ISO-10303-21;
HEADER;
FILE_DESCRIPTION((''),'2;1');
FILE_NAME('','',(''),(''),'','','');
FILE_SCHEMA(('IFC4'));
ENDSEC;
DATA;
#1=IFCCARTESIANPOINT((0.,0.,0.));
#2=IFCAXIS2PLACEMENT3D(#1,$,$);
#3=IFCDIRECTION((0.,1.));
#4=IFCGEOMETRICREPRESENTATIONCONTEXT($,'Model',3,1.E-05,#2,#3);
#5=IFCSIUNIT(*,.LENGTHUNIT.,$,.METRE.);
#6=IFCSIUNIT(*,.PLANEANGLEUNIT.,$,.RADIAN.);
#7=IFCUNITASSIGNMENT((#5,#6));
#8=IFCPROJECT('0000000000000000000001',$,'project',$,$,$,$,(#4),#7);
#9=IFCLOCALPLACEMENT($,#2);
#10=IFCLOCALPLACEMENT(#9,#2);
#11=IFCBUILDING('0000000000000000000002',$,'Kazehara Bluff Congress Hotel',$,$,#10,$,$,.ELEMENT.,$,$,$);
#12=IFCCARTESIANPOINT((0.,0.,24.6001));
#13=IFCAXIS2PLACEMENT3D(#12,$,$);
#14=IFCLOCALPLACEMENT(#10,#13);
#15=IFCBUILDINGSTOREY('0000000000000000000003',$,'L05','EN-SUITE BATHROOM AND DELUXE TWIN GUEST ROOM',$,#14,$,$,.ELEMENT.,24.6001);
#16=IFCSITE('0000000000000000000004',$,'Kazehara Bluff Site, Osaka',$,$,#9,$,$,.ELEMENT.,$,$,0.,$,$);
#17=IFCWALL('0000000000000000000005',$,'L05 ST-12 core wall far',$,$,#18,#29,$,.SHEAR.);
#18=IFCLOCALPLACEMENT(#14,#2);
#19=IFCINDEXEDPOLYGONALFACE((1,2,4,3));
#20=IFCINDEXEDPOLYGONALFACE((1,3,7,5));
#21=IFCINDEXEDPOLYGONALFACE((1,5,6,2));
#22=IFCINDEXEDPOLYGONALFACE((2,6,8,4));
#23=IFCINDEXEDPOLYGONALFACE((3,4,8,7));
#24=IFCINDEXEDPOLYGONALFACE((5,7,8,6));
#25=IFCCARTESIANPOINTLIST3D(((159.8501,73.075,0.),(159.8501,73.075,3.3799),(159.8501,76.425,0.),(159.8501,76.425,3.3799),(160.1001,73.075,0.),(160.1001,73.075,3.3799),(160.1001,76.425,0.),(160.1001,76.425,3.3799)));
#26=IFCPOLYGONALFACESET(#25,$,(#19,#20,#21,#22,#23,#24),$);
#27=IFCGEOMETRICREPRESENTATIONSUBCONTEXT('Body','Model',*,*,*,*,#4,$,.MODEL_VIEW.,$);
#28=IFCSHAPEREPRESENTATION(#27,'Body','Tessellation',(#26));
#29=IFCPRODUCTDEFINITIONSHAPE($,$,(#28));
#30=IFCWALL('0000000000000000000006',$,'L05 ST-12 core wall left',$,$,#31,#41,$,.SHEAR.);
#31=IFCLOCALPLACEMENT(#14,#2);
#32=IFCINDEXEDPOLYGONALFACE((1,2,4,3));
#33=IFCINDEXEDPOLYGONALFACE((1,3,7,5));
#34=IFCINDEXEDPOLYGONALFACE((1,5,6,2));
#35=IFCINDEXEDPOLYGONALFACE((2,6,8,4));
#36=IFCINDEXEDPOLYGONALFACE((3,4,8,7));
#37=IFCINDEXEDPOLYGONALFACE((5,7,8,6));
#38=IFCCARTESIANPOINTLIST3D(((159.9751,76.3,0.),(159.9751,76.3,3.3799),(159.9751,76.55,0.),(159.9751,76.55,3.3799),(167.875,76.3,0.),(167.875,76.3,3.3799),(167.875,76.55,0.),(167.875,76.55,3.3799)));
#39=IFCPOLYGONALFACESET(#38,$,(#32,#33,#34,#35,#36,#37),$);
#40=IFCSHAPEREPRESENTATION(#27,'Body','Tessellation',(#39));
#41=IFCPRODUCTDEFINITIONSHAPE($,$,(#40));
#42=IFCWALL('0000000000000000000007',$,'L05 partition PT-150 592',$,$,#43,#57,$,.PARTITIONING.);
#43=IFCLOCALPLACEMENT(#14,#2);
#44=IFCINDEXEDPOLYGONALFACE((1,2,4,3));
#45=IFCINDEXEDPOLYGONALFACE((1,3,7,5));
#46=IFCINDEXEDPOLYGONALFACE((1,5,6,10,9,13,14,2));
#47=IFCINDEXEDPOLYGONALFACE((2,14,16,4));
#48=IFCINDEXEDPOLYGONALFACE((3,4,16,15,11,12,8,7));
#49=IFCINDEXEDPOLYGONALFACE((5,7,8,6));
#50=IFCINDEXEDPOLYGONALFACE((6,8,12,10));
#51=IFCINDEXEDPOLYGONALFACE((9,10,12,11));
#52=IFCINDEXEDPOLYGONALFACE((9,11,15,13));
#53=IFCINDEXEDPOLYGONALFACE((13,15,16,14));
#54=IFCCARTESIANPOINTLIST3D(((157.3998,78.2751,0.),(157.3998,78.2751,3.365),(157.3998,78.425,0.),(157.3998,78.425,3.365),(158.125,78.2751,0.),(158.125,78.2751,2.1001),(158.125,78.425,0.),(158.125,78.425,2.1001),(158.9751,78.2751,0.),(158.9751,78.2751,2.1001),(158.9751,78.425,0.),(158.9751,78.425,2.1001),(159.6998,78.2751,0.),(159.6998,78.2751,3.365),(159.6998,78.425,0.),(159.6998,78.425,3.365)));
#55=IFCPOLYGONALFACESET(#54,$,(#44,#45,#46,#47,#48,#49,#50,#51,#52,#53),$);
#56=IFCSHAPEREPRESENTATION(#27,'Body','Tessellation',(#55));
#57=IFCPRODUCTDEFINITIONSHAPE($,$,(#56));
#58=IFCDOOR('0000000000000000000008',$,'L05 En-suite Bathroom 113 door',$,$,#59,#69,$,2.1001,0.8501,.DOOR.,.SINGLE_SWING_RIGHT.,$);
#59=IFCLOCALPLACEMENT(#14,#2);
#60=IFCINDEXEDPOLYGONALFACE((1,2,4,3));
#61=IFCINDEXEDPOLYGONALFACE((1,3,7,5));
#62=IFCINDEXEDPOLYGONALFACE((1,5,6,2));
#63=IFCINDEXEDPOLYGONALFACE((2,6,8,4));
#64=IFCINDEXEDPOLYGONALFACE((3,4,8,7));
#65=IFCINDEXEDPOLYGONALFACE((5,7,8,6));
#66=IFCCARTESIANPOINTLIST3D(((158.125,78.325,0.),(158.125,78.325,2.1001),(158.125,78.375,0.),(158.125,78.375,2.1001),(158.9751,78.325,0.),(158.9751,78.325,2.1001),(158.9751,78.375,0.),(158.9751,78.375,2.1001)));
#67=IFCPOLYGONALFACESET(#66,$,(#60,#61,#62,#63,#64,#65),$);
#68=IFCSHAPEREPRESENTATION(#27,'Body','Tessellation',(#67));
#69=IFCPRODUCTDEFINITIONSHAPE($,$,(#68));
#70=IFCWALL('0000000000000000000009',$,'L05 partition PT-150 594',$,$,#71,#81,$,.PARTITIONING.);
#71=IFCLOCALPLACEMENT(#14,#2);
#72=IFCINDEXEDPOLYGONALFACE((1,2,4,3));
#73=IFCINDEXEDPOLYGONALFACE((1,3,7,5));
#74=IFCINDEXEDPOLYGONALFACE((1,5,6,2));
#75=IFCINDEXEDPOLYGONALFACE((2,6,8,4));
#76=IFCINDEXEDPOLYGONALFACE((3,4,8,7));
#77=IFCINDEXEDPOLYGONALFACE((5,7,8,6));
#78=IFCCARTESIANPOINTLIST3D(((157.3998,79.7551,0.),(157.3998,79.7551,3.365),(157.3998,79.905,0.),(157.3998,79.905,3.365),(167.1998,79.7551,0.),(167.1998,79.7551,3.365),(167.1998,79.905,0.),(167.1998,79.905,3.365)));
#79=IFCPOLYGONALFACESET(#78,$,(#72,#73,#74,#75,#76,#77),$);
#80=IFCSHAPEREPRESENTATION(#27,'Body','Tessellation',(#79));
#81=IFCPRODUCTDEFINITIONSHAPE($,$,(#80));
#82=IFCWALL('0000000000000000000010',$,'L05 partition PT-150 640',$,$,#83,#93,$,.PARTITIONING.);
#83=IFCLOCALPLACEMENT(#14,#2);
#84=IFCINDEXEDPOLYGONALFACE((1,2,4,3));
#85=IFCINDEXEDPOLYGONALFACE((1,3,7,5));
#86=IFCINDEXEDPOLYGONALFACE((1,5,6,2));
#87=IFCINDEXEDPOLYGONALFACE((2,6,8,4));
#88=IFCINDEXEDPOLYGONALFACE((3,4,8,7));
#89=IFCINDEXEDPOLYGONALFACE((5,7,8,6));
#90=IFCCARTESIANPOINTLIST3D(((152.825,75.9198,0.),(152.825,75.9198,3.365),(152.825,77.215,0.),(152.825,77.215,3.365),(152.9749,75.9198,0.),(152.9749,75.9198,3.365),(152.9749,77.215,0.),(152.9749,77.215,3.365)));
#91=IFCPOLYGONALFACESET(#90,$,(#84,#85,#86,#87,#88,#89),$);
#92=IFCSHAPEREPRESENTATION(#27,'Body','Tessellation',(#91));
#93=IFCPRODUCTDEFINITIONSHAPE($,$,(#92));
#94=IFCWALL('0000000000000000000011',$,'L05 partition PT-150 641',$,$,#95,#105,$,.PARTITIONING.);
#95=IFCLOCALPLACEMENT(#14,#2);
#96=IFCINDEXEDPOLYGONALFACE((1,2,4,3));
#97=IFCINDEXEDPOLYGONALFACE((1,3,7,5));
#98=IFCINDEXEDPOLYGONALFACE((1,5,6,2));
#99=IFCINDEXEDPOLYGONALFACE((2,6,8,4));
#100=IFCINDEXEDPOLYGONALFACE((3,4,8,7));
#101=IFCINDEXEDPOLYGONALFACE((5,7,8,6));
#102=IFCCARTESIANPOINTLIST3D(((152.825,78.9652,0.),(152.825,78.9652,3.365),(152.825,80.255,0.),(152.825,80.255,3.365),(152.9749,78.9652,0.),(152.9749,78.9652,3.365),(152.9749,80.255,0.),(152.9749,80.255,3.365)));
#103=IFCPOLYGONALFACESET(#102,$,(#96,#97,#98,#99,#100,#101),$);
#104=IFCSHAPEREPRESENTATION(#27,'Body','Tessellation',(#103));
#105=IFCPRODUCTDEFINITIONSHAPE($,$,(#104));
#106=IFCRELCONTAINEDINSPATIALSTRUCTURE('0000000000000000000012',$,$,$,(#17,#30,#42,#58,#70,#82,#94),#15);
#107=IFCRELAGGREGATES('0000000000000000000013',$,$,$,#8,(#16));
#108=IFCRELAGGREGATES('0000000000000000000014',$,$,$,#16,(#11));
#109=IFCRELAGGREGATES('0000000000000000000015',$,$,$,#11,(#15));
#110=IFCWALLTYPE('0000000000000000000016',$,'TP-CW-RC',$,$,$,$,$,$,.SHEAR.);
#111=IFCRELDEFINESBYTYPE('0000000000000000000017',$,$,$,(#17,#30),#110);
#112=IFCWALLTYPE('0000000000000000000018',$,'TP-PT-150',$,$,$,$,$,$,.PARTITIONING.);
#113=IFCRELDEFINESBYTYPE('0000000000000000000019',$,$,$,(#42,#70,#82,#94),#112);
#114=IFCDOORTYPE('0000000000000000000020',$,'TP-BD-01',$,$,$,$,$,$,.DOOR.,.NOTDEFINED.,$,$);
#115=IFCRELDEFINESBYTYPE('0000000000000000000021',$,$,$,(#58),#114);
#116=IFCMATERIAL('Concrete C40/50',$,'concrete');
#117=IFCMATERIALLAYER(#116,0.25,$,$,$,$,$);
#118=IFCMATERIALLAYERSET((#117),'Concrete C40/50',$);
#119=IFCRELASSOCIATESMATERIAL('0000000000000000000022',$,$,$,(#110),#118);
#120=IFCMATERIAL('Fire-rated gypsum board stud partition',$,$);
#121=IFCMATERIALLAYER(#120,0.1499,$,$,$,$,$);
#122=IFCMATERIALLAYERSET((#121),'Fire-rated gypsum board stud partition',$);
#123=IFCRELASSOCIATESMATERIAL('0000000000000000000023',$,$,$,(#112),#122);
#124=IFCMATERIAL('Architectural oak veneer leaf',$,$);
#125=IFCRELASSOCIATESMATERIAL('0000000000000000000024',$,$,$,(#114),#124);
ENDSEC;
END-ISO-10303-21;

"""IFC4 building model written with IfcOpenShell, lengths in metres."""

from ifc_helpers import new_model, si_unit, direction, frame, frame_2d, origin, place, context, subcontext, project, spatial, rectangle, extrude, material, layer, layer_set, type_object, element, fill, save


model = new_model("IFC4")

# Units and contexts
model_context = context("Model", 3, precision=1e-05, world=origin(), true_north=direction((0.0, 1.0)))
body_context = subcontext(model_context, "Body", "Model", "MODEL_VIEW")
ifc_project = project(units=[si_unit("LENGTHUNIT", "METRE"), si_unit("PLANEANGLEUNIT", "RADIAN")], contexts=[model_context])

# Site, building, storey
site_placement = place(None, origin())
site = spatial("IfcSite", under=ifc_project, at=site_placement, Name="Kazehara Bluff Site, Osaka", CompositionType="ELEMENT", RefElevation=0.0)
building_placement = place(site_placement, origin())
building = spatial("IfcBuilding", under=site, at=building_placement, Name="Kazehara Bluff Congress Hotel", CompositionType="ELEMENT")
storey_placement = place(building_placement, frame((0.0, 0.0, 24.6001)))
storey = spatial("IfcBuildingStorey", under=building, at=storey_placement, Name="L05", Description="EN-SUITE BATHROOM AND DELUXE TWIN GUEST ROOM", CompositionType="ELEMENT", Elevation=24.6001)

# Walls
ifc_material_1 = material(Name="Concrete C40/50", Category="concrete")
ifc_layer_1 = layer(ifc_material_1, 0.25)
ifc_layer_set_1 = layer_set([ifc_layer_1], Name="Concrete C40/50")
wall_type_1 = type_object("IfcWallType", Name="TP-CW-RC", PredefinedType="SHEAR", material=ifc_layer_set_1)
wall_1_placement = place(storey_placement, frame((159.9751, 73.075, 0.0), z_axis=(0.0, 0.0, 1.0), x_axis=(0.0, 1.0, 0.0)))
element("IfcWall", 1, at=wall_1_placement, inside=storey, type_object=wall_type_1, Name="L05 ST-12 core wall far", PredefinedType="SHEAR", context=body_context, shape_type="SweptSolid", body=[
    extrude(rectangle(XDim=3.3501, YDim=0.25, at=frame_2d((1.675, 0.0))), origin(), (0.0, 0.0, 1.0), 3.3799),
])
wall_2_placement = place(storey_placement, frame((159.9751, 76.425, 0.0), z_axis=(0.0, 0.0, 1.0), x_axis=(1.0, 0.0, 0.0)))
element("IfcWall", 2, at=wall_2_placement, inside=storey, type_object=wall_type_1, Name="L05 ST-12 core wall left", PredefinedType="SHEAR", context=body_context, shape_type="SweptSolid", body=[
    extrude(rectangle(XDim=7.8999, YDim=0.25, at=frame_2d((3.95, 0.0))), origin(), (0.0, 0.0, 1.0), 3.3799),
])

# Wall, opening, door
ifc_material_2 = material(Name="Fire-rated gypsum board stud partition")
ifc_layer_2 = layer(ifc_material_2, 0.1499)
ifc_layer_set_2 = layer_set([ifc_layer_2], Name="Fire-rated gypsum board stud partition")
wall_type_2 = type_object("IfcWallType", Name="TP-PT-150", PredefinedType="PARTITIONING", material=ifc_layer_set_2)
wall_3_placement = place(storey_placement, frame((157.3999, 78.3501, 0.0), z_axis=(0.0, 0.0, 1.0), x_axis=(1.0, 0.0, 0.0)))
wall_3 = element("IfcWall", 3, at=wall_3_placement, inside=storey, type_object=wall_type_2, Name="L05 partition PT-150 592", PredefinedType="PARTITIONING", context=body_context, shape_type="SweptSolid", body=[
    extrude(rectangle(XDim=2.3, YDim=0.1499, at=frame_2d((1.1499, 0.0))), origin(), (0.0, 0.0, 1.0), 3.365),
])
opening_1_placement = place(wall_3_placement, frame((0.7251, 0.0, 0.0)))
opening_1 = element("IfcOpeningElement", 4, at=opening_1_placement, cuts=wall_3, PredefinedType="OPENING", context=body_context, shape_type="SweptSolid", body=[
    extrude(rectangle(XDim=0.8501, YDim=2.1001, at=frame_2d((0.425, 1.05))), frame((0.0, 0.085, 0.0), z_axis=(0.0, -1.0, 0.0), x_axis=(1.0, 0.0, 0.0)), (0.0, 0.0, 1.0), 0.1699),
])
ifc_material_3 = material(Name="Architectural oak veneer leaf")
door_type_1 = type_object("IfcDoorType", Name="TP-BD-01", OperationType="NOTDEFINED", PredefinedType="DOOR", material=ifc_material_3)
door_1_placement = place(opening_1_placement, origin())
door_1 = element("IfcDoor", 5, at=door_1_placement, inside=storey, type_object=door_type_1, Name="L05 En-suite Bathroom 113 door", OperationType="SINGLE_SWING_RIGHT", OverallHeight=2.1001, OverallWidth=0.8501, PredefinedType="DOOR", context=body_context, shape_type="SweptSolid", body=[
    extrude(rectangle(XDim=0.8501, YDim=2.1001, at=frame_2d((0.425, 1.05))), frame((0.0, 0.0249, 0.0), z_axis=(0.0, -1.0, 0.0), x_axis=(1.0, 0.0, 0.0)), (0.0, 0.0, 1.0), 0.05),
])
fill(opening_1, door_1)

# Walls
wall_4_placement = place(storey_placement, frame((157.3999, 79.8301, 0.0), z_axis=(0.0, 0.0, 1.0), x_axis=(1.0, 0.0, 0.0)))
element("IfcWall", 6, at=wall_4_placement, inside=storey, type_object=wall_type_2, Name="L05 partition PT-150 594", PredefinedType="PARTITIONING", context=body_context, shape_type="SweptSolid", body=[
    extrude(rectangle(XDim=9.8, YDim=0.1499, at=frame_2d((4.8999, 0.0))), origin(), (0.0, 0.0, 1.0), 3.365),
])
wall_5_placement = place(storey_placement, frame((152.8999, 75.9199, 0.0), z_axis=(0.0, 0.0, 1.0), x_axis=(0.0, 1.0, 0.0)))
element("IfcWall", 7, at=wall_5_placement, inside=storey, type_object=wall_type_2, Name="L05 partition PT-150 640", PredefinedType="PARTITIONING", context=body_context, shape_type="SweptSolid", body=[
    extrude(rectangle(XDim=1.2952, YDim=0.1499, at=frame_2d((0.6475, 0.0))), origin(), (0.0, 0.0, 1.0), 3.365),
])
wall_6_placement = place(storey_placement, frame((152.8999, 78.9651, 0.0), z_axis=(0.0, 0.0, 1.0), x_axis=(0.0, 1.0, 0.0)))
element("IfcWall", 8, at=wall_6_placement, inside=storey, type_object=wall_type_2, Name="L05 partition PT-150 641", PredefinedType="PARTITIONING", context=body_context, shape_type="SweptSolid", body=[
    extrude(rectangle(XDim=1.2898, YDim=0.1499, at=frame_2d((0.645, 0.0))), origin(), (0.0, 0.0, 1.0), 3.365),
])

save(model, "model.ifc")
